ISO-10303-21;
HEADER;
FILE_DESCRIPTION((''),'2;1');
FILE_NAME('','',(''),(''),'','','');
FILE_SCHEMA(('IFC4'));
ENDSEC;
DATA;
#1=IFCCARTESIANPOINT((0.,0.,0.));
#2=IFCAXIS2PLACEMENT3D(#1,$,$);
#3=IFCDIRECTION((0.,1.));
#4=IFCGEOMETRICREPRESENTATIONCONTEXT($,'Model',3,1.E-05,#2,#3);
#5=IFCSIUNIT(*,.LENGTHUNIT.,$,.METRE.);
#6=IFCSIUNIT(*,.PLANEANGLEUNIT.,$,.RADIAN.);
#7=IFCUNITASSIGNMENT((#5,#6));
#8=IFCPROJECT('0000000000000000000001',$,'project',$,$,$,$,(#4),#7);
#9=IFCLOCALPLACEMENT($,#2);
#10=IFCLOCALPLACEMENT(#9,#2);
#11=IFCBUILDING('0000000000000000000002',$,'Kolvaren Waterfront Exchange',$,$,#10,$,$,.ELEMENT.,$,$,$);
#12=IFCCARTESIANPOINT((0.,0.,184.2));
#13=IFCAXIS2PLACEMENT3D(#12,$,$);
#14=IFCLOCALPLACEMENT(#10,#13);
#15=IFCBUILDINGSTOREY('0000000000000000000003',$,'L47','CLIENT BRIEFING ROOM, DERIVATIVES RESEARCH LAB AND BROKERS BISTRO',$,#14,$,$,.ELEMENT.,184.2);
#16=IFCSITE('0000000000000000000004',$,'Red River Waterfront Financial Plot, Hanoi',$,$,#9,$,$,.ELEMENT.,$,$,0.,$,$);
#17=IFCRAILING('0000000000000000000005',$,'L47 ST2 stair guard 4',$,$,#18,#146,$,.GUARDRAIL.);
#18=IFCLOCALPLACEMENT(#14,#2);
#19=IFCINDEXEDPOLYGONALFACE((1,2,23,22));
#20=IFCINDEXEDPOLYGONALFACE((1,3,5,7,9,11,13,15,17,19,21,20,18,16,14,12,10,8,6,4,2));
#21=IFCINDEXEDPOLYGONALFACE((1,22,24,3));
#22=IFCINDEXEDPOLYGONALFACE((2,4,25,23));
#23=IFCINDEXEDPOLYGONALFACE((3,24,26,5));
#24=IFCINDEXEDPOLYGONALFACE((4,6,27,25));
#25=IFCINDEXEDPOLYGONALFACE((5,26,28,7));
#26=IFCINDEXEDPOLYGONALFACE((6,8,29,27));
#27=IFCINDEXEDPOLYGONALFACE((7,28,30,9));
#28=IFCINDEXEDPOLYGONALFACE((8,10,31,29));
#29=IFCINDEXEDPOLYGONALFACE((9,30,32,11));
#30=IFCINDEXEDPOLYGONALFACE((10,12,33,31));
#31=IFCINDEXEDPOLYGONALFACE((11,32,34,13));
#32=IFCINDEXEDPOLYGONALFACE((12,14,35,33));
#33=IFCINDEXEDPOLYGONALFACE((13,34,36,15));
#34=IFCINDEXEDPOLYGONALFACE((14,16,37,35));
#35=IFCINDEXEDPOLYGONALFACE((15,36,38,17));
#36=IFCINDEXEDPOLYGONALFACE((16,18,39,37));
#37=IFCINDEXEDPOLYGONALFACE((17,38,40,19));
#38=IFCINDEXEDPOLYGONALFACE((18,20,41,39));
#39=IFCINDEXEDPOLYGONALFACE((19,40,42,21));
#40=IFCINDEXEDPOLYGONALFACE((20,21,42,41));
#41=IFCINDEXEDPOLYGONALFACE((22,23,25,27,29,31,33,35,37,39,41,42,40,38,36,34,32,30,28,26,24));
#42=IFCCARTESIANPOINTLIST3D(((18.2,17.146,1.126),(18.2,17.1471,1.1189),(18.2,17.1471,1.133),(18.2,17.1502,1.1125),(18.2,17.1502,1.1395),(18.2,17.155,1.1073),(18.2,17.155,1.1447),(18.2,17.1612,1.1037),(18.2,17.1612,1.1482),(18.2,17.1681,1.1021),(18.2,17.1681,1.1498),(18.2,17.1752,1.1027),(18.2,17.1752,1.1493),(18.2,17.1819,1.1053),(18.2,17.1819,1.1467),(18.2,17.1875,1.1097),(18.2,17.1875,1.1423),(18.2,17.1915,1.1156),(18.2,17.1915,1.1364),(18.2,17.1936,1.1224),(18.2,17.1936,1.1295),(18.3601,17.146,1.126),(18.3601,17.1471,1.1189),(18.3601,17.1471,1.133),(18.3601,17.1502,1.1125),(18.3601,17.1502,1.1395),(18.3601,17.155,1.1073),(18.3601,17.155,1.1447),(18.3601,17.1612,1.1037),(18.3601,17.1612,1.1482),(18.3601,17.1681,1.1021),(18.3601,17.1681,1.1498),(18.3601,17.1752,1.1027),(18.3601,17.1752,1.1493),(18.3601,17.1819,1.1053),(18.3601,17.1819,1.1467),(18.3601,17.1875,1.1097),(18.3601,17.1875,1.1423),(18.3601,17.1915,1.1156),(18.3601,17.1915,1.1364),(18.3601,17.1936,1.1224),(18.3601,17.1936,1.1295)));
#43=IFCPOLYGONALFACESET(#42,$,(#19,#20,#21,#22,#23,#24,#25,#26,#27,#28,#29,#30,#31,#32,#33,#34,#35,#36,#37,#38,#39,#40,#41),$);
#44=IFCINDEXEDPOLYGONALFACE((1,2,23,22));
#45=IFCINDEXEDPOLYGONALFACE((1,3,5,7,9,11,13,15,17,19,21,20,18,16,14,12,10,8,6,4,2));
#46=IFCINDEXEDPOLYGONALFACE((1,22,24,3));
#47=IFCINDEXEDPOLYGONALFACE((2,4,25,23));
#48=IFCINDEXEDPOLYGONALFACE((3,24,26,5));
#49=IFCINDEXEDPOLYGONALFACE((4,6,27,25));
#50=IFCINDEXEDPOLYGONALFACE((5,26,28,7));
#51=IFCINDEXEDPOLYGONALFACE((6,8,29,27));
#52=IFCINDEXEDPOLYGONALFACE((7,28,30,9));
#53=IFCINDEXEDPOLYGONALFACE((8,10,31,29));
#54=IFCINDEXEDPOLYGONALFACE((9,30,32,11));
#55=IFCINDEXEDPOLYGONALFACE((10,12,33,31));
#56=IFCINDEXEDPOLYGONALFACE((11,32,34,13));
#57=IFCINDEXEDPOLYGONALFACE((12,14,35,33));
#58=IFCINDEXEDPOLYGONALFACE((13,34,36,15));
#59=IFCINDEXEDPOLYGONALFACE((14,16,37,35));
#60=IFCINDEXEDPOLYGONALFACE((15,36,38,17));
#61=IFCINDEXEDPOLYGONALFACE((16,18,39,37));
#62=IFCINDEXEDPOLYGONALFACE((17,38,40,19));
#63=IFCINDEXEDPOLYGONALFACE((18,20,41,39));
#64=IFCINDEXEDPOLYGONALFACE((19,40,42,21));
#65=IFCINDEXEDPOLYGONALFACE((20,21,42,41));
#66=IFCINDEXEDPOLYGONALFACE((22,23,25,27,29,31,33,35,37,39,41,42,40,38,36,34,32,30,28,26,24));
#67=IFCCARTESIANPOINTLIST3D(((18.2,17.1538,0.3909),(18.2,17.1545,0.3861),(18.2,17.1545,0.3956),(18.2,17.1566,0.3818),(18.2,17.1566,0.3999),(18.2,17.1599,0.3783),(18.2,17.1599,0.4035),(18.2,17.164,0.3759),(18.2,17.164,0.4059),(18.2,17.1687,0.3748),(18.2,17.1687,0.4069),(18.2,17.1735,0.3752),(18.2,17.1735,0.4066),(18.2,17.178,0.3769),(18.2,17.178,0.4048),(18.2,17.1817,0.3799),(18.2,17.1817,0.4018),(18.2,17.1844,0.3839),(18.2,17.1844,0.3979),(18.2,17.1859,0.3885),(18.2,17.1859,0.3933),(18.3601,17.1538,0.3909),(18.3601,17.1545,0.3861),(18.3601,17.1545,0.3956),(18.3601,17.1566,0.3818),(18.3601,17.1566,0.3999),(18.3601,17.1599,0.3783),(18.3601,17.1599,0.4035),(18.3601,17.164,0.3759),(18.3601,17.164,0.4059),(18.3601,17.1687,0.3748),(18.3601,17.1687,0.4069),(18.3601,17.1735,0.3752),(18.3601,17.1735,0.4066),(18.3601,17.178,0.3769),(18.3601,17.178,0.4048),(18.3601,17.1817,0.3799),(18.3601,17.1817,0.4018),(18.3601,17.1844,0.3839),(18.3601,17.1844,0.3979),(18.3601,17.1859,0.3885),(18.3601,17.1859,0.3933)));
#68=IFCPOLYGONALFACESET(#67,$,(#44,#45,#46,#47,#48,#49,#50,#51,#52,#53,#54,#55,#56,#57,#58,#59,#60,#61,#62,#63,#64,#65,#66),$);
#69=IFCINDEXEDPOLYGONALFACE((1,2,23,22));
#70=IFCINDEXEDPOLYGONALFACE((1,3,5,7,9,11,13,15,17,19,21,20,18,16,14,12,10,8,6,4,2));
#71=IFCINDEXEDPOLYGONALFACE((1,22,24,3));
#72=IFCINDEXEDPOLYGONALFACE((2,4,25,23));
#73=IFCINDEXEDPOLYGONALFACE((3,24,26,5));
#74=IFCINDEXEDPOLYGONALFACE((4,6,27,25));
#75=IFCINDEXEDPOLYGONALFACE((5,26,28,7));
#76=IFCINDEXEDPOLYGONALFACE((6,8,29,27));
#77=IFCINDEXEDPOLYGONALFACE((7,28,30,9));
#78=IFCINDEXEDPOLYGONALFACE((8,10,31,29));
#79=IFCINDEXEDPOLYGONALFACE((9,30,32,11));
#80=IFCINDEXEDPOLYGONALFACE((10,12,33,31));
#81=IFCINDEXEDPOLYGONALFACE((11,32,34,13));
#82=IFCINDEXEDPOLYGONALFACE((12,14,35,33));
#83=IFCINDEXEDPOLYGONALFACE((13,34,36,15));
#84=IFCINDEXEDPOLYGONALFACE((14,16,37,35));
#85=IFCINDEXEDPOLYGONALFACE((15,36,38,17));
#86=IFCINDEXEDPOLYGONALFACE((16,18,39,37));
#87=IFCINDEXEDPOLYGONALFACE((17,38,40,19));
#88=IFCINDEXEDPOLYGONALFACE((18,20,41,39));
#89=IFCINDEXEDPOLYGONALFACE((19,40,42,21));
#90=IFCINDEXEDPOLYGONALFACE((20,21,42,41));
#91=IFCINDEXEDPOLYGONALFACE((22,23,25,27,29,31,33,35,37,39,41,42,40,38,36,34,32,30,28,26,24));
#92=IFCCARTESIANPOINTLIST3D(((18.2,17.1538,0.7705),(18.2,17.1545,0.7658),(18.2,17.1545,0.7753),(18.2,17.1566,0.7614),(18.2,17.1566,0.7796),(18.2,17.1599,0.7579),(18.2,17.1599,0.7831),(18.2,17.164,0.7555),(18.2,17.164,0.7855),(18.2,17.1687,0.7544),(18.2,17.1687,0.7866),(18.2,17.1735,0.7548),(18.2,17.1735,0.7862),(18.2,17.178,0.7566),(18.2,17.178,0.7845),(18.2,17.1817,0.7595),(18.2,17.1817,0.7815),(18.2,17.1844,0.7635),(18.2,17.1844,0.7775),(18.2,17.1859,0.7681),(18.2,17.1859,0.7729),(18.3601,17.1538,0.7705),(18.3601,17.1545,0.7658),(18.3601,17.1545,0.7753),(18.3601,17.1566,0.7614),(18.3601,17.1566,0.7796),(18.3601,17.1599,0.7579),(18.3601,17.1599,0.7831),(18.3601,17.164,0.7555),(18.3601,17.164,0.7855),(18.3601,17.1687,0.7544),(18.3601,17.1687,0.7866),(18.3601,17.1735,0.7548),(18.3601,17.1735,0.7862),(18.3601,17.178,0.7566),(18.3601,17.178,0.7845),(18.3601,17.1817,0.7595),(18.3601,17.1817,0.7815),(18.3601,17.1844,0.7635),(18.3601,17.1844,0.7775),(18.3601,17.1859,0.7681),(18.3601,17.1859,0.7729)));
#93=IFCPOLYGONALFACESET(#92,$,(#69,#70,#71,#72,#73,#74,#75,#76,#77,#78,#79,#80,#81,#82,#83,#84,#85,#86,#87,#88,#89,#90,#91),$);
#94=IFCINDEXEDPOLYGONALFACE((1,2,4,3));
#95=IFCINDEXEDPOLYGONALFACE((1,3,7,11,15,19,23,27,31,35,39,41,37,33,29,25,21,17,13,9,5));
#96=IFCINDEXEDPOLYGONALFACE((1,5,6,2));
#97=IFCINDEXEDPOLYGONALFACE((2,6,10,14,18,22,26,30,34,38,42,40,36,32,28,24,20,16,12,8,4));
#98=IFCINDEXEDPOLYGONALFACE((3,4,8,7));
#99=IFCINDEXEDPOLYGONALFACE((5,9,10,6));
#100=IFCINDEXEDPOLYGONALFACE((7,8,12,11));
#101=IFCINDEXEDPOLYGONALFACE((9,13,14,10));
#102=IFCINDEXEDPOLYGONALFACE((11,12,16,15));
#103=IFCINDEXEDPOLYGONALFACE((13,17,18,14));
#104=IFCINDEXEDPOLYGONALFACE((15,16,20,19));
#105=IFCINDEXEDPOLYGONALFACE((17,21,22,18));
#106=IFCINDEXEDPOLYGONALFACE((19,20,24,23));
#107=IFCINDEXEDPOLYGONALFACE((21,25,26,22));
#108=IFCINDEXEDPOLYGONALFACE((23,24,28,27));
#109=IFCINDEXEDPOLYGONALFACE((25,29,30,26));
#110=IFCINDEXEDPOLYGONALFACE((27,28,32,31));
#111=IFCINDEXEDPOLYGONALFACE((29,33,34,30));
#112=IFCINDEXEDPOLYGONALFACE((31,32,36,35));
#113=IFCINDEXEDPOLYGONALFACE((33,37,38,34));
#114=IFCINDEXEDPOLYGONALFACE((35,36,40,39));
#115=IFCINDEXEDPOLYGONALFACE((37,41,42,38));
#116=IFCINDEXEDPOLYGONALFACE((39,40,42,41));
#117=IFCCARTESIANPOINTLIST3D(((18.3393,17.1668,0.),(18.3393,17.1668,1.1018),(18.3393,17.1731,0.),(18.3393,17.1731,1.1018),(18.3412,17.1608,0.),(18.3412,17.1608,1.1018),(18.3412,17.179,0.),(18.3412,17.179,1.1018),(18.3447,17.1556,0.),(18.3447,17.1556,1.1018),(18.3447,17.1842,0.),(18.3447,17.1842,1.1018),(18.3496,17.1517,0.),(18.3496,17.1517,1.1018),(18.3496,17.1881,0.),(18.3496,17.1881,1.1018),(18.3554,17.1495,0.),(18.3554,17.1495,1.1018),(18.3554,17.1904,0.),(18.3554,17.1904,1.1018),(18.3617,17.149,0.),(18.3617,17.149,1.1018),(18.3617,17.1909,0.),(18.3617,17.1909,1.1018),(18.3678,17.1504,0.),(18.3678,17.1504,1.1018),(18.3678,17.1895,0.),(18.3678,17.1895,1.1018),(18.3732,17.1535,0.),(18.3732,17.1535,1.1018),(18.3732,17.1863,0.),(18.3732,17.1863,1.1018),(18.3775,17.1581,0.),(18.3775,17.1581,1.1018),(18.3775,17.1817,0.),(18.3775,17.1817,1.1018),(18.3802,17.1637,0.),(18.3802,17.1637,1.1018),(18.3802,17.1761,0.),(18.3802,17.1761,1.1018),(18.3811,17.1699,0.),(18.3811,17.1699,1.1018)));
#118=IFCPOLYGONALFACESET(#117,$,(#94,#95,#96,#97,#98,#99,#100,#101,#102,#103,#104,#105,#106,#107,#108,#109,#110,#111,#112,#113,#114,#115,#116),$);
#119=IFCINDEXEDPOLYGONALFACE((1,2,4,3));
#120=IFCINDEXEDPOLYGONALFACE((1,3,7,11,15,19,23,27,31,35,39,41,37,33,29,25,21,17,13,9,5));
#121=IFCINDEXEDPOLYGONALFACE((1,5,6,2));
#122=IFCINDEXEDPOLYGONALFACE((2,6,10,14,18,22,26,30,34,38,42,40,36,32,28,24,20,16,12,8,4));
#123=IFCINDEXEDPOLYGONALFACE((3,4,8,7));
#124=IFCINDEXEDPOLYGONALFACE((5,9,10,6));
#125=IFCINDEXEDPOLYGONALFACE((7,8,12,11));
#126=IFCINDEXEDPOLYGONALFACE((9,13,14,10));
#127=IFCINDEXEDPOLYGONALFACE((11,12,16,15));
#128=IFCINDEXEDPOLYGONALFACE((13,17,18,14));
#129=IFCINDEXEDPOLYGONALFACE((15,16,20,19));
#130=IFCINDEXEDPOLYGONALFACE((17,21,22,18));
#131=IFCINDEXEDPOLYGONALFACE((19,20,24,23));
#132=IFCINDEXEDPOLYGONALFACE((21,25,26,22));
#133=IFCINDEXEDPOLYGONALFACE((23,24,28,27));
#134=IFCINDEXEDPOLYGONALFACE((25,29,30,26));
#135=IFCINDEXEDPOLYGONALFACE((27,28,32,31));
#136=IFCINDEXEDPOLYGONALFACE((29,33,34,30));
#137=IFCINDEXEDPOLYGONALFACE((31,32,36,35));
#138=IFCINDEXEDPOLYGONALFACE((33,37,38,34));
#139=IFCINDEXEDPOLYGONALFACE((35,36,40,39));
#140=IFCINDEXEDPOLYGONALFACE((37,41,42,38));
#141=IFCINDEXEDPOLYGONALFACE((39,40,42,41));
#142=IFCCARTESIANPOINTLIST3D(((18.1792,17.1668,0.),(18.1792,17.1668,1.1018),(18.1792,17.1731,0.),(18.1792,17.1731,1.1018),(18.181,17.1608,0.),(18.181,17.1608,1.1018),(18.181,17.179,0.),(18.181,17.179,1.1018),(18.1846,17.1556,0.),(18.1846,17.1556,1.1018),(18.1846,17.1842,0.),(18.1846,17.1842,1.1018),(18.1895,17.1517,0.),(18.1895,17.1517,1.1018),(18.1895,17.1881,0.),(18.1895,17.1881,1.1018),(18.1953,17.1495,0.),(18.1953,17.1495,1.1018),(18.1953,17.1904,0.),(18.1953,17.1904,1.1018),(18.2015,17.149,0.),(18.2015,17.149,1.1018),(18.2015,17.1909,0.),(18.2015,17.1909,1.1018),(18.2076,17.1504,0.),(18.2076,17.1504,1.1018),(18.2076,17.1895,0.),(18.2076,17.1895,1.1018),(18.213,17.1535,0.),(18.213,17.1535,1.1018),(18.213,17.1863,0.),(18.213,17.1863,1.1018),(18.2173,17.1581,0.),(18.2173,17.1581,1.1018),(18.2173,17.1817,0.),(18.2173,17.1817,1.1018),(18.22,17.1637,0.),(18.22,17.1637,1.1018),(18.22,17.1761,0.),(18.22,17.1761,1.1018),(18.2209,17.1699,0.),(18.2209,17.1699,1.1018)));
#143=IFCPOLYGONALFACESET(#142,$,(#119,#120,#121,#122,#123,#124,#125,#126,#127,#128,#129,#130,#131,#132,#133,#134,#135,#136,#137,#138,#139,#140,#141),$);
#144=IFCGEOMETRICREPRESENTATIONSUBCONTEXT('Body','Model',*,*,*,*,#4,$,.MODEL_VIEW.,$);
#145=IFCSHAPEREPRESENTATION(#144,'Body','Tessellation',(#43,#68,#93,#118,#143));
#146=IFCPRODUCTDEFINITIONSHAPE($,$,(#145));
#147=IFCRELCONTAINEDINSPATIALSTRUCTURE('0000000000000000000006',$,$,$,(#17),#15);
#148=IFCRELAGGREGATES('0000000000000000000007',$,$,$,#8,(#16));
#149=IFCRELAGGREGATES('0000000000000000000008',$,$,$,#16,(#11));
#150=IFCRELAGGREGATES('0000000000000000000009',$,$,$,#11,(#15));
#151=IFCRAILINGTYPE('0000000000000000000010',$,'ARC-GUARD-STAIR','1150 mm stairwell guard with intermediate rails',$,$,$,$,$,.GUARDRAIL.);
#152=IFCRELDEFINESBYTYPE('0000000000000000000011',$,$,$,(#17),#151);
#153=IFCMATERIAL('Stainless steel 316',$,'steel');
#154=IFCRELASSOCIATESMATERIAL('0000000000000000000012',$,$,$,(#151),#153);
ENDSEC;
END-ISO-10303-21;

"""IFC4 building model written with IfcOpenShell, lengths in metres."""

from ifc_helpers import new_model, si_unit, direction, frame, origin, origin_2d, place, context, subcontext, project, spatial, circle, extrude, material, type_object, element, save


model = new_model("IFC4")

# Units and contexts
model_context = context("Model", 3, precision=1e-05, world=origin(), true_north=direction((0.0, 1.0)))
body_context = subcontext(model_context, "Body", "Model", "MODEL_VIEW")
ifc_project = project(units=[si_unit("LENGTHUNIT", "METRE"), si_unit("PLANEANGLEUNIT", "RADIAN")], contexts=[model_context])

# Site, building, storey
site_placement = place(None, origin())
site = spatial("IfcSite", under=ifc_project, at=site_placement, Name="Red River Waterfront Financial Plot, Hanoi", CompositionType="ELEMENT", RefElevation=0.0)
building_placement = place(site_placement, origin())
building = spatial("IfcBuilding", under=site, at=building_placement, Name="Kolvaren Waterfront Exchange", CompositionType="ELEMENT")
storey_placement = place(building_placement, frame((0.0, 0.0, 184.2)))
storey = spatial("IfcBuildingStorey", under=building, at=storey_placement, Name="L47", Description="CLIENT BRIEFING ROOM, DERIVATIVES RESEARCH LAB AND BROKERS BISTRO", CompositionType="ELEMENT", Elevation=184.2)

# Railing
ifc_material_1 = material(Name="Stainless steel 316", Category="steel")
railing_type_1 = type_object("IfcRailingType", Name="ARC-GUARD-STAIR", Description="1150 mm stairwell guard with intermediate rails", PredefinedType="GUARDRAIL", material=ifc_material_1)
railing_1_placement = place(storey_placement, frame((18.3601, 17.1699, 0.0)))
element("IfcRailing", 1, at=railing_1_placement, inside=storey, type_object=railing_type_1, Name="L47 ST2 stair guard 4", PredefinedType="GUARDRAIL", context=body_context, shape_type="SweptSolid", body=[
    extrude(circle(Radius=0.0239, at=origin_2d()), frame((0.0, 0.0, 1.126), z_axis=(-1.0, 0.0, 0.0), x_axis=(0.0, -1.0, 0.0)), (0.0, 0.0, 1.0), 0.1602),
    extrude(circle(Radius=0.0161, at=origin_2d()), frame((0.0, 0.0, 0.3909), z_axis=(-1.0, 0.0, 0.0), x_axis=(0.0, -1.0, 0.0)), (0.0, 0.0, 1.0), 0.1602),
    extrude(circle(Radius=0.0161, at=origin_2d()), frame((0.0, 0.0, 0.7705), z_axis=(-1.0, 0.0, 0.0), x_axis=(0.0, -1.0, 0.0)), (0.0, 0.0, 1.0), 0.1602),
    extrude(circle(Radius=0.021, at=origin_2d()), origin(), (0.0, 0.0, 1.0), 1.1018),
    extrude(circle(Radius=0.021, at=origin_2d()), frame((-0.1602, 0.0, 0.0)), (0.0, 0.0, 1.0), 1.1018),
])

save(model, "model.ifc")
